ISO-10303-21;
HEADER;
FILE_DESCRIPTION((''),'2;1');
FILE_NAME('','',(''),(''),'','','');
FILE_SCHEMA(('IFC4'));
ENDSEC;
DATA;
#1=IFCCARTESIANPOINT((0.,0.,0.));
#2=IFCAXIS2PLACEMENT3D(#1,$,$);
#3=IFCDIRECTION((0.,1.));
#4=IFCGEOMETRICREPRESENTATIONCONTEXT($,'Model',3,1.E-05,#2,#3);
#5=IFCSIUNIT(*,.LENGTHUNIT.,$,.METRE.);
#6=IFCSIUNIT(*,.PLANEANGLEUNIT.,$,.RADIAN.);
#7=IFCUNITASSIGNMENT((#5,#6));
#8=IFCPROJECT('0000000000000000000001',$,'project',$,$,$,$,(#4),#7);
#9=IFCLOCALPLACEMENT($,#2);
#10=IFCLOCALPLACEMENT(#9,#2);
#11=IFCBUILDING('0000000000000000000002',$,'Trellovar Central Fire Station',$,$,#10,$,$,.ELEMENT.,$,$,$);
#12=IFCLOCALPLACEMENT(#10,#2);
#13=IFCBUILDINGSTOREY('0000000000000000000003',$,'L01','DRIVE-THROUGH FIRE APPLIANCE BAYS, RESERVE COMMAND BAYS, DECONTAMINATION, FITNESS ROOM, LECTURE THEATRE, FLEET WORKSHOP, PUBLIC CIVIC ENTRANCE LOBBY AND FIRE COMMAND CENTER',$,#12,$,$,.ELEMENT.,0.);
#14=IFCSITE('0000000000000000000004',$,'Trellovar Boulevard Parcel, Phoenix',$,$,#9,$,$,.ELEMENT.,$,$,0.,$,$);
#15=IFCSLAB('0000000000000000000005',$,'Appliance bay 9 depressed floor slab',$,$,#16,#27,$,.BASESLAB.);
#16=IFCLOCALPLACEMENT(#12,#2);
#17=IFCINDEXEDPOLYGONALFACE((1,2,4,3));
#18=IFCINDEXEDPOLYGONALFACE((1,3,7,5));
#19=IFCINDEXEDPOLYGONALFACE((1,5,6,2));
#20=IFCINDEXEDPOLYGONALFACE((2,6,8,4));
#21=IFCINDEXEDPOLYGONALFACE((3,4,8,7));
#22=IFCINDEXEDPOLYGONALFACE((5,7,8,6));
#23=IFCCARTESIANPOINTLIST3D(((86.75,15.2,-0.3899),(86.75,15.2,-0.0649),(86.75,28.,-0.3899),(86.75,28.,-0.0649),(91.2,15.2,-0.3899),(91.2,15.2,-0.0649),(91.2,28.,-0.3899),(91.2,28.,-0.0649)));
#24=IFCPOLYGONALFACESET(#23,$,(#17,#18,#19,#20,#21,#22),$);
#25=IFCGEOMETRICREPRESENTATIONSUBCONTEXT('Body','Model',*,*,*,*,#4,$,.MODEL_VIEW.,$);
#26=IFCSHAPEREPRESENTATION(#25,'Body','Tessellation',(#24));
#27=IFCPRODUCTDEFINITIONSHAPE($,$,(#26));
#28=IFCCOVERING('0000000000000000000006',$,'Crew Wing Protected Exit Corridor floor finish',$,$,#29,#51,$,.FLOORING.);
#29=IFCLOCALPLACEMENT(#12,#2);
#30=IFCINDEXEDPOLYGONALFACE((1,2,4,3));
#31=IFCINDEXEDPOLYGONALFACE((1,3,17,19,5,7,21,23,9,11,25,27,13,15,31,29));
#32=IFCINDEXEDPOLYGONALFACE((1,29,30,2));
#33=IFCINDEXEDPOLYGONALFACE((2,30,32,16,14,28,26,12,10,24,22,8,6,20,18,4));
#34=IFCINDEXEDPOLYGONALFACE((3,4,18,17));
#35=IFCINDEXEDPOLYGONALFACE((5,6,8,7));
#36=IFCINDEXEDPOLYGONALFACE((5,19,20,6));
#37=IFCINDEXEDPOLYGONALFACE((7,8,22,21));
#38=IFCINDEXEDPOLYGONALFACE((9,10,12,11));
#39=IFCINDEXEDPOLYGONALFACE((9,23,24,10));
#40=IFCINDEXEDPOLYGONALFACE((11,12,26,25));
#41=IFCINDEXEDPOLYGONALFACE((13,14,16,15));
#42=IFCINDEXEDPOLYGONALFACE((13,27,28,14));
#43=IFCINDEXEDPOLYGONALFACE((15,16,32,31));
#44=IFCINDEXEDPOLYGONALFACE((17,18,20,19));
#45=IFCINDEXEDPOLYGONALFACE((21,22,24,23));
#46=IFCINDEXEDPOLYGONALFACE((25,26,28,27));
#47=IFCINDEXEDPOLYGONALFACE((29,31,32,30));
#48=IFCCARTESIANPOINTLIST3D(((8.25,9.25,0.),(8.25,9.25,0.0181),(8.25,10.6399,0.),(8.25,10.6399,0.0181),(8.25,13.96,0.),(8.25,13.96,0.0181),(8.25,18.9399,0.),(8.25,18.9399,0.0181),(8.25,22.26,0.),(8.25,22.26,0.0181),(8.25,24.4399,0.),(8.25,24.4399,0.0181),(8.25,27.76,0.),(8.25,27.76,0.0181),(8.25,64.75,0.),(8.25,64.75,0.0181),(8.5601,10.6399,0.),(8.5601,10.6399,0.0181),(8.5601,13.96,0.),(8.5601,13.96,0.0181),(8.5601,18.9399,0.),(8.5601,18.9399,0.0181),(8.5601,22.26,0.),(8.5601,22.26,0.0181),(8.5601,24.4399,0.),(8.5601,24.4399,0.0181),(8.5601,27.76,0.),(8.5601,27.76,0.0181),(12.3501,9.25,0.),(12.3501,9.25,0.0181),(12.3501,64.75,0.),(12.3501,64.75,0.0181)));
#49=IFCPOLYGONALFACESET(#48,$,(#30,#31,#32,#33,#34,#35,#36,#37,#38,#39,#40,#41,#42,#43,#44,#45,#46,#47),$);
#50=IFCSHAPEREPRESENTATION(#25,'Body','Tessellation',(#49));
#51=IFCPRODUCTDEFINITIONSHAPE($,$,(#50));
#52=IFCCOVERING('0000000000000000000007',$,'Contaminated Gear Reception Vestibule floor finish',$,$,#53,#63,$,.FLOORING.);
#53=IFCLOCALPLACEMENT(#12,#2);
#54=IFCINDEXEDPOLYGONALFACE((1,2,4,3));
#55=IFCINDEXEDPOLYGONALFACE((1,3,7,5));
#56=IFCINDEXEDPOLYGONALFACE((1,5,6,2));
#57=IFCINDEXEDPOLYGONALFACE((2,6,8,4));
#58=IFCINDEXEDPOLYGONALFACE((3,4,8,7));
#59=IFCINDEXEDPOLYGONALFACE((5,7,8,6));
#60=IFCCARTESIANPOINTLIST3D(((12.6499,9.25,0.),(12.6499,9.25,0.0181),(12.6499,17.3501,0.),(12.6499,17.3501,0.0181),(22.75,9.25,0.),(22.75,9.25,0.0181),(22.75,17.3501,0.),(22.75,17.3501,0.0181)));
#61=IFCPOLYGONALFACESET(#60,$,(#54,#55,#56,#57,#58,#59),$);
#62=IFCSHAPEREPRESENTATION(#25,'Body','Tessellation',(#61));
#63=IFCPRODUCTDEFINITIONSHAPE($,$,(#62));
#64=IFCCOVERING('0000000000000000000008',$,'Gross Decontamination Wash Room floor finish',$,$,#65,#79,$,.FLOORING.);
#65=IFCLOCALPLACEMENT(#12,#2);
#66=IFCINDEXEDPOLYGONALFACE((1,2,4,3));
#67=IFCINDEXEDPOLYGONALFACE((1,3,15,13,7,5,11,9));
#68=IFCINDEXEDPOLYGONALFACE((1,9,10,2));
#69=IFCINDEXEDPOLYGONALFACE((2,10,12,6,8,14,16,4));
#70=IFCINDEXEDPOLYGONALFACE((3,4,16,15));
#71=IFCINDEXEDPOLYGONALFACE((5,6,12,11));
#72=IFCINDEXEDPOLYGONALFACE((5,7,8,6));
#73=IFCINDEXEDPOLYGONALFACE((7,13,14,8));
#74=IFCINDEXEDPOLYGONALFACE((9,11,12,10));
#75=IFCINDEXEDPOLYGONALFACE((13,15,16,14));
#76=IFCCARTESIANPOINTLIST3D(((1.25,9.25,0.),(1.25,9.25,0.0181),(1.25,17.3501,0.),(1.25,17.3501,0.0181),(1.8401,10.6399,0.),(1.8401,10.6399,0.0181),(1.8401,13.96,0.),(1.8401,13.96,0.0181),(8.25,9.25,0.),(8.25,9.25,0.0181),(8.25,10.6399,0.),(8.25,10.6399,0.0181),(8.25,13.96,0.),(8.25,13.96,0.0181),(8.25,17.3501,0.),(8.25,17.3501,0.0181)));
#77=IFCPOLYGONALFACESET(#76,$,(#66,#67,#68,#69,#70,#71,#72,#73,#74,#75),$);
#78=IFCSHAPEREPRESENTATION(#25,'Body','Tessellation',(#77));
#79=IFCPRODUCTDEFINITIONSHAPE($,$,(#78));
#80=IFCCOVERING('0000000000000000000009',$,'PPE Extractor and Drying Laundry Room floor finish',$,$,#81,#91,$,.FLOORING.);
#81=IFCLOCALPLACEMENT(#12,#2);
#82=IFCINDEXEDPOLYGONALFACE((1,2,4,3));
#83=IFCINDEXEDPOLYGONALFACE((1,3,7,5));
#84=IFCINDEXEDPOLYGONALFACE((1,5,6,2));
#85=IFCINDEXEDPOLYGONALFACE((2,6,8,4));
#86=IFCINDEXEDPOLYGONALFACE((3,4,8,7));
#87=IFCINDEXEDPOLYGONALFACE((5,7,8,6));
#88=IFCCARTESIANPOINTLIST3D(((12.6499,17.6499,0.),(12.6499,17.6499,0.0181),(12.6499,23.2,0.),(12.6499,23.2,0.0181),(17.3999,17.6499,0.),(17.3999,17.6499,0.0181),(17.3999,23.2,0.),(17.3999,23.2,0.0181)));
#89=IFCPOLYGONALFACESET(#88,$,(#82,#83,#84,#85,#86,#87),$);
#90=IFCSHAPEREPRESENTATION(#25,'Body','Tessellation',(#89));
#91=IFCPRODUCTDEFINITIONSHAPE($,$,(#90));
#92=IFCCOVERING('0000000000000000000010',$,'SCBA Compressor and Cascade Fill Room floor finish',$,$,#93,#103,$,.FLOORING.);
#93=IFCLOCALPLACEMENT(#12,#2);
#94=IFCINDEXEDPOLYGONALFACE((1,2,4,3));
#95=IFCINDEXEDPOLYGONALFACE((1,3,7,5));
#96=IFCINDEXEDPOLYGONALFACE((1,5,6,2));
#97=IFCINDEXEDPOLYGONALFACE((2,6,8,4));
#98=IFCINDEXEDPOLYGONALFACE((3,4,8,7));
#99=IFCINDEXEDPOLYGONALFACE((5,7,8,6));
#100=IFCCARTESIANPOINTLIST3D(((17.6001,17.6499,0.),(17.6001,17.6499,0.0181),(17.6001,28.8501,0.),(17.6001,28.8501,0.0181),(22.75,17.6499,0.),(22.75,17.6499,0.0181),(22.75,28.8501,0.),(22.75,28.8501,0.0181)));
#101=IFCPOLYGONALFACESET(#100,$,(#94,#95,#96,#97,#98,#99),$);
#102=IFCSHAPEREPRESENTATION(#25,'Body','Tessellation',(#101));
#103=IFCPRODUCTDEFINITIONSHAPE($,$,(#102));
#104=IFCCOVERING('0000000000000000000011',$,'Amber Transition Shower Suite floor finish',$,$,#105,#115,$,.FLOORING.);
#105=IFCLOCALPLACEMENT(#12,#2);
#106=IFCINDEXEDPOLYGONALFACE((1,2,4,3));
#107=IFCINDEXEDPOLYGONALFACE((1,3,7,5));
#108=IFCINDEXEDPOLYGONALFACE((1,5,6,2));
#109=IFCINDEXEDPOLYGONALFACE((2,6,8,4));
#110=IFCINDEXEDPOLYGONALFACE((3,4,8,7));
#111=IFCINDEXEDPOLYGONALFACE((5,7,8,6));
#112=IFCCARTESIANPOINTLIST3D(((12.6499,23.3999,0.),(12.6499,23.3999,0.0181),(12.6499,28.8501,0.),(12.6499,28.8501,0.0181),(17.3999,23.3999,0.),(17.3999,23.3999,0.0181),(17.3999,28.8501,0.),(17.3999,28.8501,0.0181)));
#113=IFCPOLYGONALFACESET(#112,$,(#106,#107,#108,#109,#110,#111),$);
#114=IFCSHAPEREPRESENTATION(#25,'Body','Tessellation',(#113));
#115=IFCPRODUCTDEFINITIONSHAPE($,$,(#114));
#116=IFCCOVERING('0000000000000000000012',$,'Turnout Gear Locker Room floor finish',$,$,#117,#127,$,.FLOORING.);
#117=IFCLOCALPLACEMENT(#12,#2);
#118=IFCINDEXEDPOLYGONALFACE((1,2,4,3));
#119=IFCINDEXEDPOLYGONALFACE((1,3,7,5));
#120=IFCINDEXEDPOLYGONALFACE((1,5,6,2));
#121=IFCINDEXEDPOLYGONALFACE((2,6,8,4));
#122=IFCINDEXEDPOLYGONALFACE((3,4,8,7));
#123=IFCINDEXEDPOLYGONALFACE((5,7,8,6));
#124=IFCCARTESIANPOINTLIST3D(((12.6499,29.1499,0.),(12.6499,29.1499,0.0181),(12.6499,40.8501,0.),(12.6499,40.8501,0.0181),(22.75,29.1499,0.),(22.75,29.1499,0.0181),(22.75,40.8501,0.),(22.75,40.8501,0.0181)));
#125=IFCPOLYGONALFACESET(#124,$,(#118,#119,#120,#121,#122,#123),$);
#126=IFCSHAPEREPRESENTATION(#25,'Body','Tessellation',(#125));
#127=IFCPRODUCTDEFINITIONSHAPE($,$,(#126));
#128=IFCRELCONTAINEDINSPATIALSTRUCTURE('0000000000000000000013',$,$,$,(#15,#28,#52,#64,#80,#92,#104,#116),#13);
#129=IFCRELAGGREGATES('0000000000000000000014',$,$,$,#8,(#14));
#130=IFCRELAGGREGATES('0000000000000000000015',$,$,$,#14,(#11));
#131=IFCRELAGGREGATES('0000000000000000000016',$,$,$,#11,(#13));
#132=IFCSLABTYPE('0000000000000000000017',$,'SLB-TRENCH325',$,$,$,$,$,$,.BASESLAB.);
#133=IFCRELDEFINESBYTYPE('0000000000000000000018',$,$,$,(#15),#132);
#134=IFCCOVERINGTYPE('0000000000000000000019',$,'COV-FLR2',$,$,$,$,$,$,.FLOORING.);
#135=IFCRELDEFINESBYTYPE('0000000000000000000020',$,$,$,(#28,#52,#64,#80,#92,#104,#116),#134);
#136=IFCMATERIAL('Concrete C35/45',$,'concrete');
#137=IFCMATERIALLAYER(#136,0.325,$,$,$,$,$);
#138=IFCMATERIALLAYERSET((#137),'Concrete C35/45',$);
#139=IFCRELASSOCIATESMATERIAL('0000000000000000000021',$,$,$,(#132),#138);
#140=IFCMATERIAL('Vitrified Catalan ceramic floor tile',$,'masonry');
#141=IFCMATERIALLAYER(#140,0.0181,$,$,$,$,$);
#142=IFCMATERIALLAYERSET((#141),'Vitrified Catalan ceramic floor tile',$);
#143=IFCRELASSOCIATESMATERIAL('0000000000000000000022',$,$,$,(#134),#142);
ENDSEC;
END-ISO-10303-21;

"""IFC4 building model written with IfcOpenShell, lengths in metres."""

from ifc_helpers import new_model, si_unit, direction, frame, origin, place, context, subcontext, project, spatial, polyline, outline, extrude, material, layer, layer_set, type_object, element, save


model = new_model("IFC4")

# Units and contexts
model_context = context("Model", 3, precision=1e-05, world=origin(), true_north=direction((0.0, 1.0)))
body_context = subcontext(model_context, "Body", "Model", "MODEL_VIEW")
ifc_project = project(units=[si_unit("LENGTHUNIT", "METRE"), si_unit("PLANEANGLEUNIT", "RADIAN")], contexts=[model_context])

# Site, building, storey
site_placement = place(None, origin())
site = spatial("IfcSite", under=ifc_project, at=site_placement, Name="Trellovar Boulevard Parcel, Phoenix", CompositionType="ELEMENT", RefElevation=0.0)
building_placement = place(site_placement, origin())
building = spatial("IfcBuilding", under=site, at=building_placement, Name="Trellovar Central Fire Station", CompositionType="ELEMENT")
storey_placement = place(building_placement, origin())
storey = spatial("IfcBuildingStorey", under=building, at=storey_placement, Name="L01", Description="DRIVE-THROUGH FIRE APPLIANCE BAYS, RESERVE COMMAND BAYS, DECONTAMINATION, FITNESS ROOM, LECTURE THEATRE, FLEET WORKSHOP, PUBLIC CIVIC ENTRANCE LOBBY AND FIRE COMMAND CENTER", CompositionType="ELEMENT", Elevation=0.0)

# Slab
ifc_material_1 = material(Name="Concrete C35/45", Category="concrete")
ifc_layer_1 = layer(ifc_material_1, 0.325)
ifc_layer_set_1 = layer_set([ifc_layer_1], Name="Concrete C35/45")
slab_type_1 = type_object("IfcSlabType", Name="SLB-TRENCH325", PredefinedType="BASESLAB", material=ifc_layer_set_1)
slab_1_placement = place(storey_placement, frame((0.0, 0.0, -0.3899)))
element("IfcSlab", 1, at=slab_1_placement, inside=storey, type_object=slab_type_1, Name="Appliance bay 9 depressed floor slab", PredefinedType="BASESLAB", context=body_context, shape_type="SweptSolid", body=[
    extrude(outline(polyline([(86.75, 15.2), (91.2, 15.2), (91.2, 28.0), (86.75, 28.0), (86.75, 15.2)])), origin(), (0.0, 0.0, 1.0), 0.325),
])

# Coverings
ifc_material_2 = material(Name="Vitrified Catalan ceramic floor tile", Category="masonry")
ifc_layer_2 = layer(ifc_material_2, 0.0181)
ifc_layer_set_2 = layer_set([ifc_layer_2], Name="Vitrified Catalan ceramic floor tile")
covering_type = type_object("IfcCoveringType", Name="COV-FLR2", PredefinedType="FLOORING", material=ifc_layer_set_2)
covering_1_placement = place(storey_placement, origin())
element("IfcCovering", 2, at=covering_1_placement, inside=storey, type_object=covering_type, Name="Crew Wing Protected Exit Corridor floor finish", PredefinedType="FLOORING", context=body_context, shape_type="SweptSolid", body=[
    extrude(outline(polyline([(12.3501, 9.25), (8.25, 9.25), (8.25, 10.6399), (8.5601, 10.6399), (8.5601, 13.96), (8.25, 13.96), (8.25, 18.9399), (8.5601, 18.9399), (8.5601, 22.26), (8.25, 22.26), (8.25, 24.4399), (8.5601, 24.4399), (8.5601, 27.76), (8.25, 27.76), (8.25, 64.75), (12.3501, 64.75), (12.3501, 9.25)])), origin(), (0.0, 0.0, 1.0), 0.0181),
])
covering_2_placement = place(storey_placement, origin())
element("IfcCovering", 3, at=covering_2_placement, inside=storey, type_object=covering_type, Name="Contaminated Gear Reception Vestibule floor finish", PredefinedType="FLOORING", context=body_context, shape_type="SweptSolid", body=[
    extrude(outline(polyline([(22.75, 9.25), (12.6499, 9.25), (12.6499, 17.3501), (22.75, 17.3501), (22.75, 9.25)])), origin(), (0.0, 0.0, 1.0), 0.0181),
])
covering_3_placement = place(storey_placement, origin())
element("IfcCovering", 4, at=covering_3_placement, inside=storey, type_object=covering_type, Name="Gross Decontamination Wash Room floor finish", PredefinedType="FLOORING", context=body_context, shape_type="SweptSolid", body=[
    extrude(outline(polyline([(8.25, 9.25), (1.25, 9.25), (1.25, 17.3501), (8.25, 17.3501), (8.25, 13.96), (1.8401, 13.96), (1.8401, 10.6399), (8.25, 10.6399), (8.25, 9.25)])), origin(), (0.0, 0.0, 1.0), 0.0181),
])
covering_4_placement = place(storey_placement, origin())
element("IfcCovering", 5, at=covering_4_placement, inside=storey, type_object=covering_type, Name="PPE Extractor and Drying Laundry Room floor finish", PredefinedType="FLOORING", context=body_context, shape_type="SweptSolid", body=[
    extrude(outline(polyline([(17.3999, 17.6499), (12.6499, 17.6499), (12.6499, 23.2), (17.3999, 23.2), (17.3999, 17.6499)])), origin(), (0.0, 0.0, 1.0), 0.0181),
])
covering_5_placement = place(storey_placement, origin())
element("IfcCovering", 6, at=covering_5_placement, inside=storey, type_object=covering_type, Name="SCBA Compressor and Cascade Fill Room floor finish", PredefinedType="FLOORING", context=body_context, shape_type="SweptSolid", body=[
    extrude(outline(polyline([(22.75, 17.6499), (17.6001, 17.6499), (17.6001, 28.8501), (22.75, 28.8501), (22.75, 17.6499)])), origin(), (0.0, 0.0, 1.0), 0.0181),
])
covering_6_placement = place(storey_placement, origin())
element("IfcCovering", 7, at=covering_6_placement, inside=storey, type_object=covering_type, Name="Amber Transition Shower Suite floor finish", PredefinedType="FLOORING", context=body_context, shape_type="SweptSolid", body=[
    extrude(outline(polyline([(17.3999, 23.3999), (12.6499, 23.3999), (12.6499, 28.8501), (17.3999, 28.8501), (17.3999, 23.3999)])), origin(), (0.0, 0.0, 1.0), 0.0181),
])
covering_7_placement = place(storey_placement, origin())
element("IfcCovering", 8, at=covering_7_placement, inside=storey, type_object=covering_type, Name="Turnout Gear Locker Room floor finish", PredefinedType="FLOORING", context=body_context, shape_type="SweptSolid", body=[
    extrude(outline(polyline([(22.75, 29.1499), (12.6499, 29.1499), (12.6499, 40.8501), (22.75, 40.8501), (22.75, 29.1499)])), origin(), (0.0, 0.0, 1.0), 0.0181),
])

save(model, "model.ifc")
